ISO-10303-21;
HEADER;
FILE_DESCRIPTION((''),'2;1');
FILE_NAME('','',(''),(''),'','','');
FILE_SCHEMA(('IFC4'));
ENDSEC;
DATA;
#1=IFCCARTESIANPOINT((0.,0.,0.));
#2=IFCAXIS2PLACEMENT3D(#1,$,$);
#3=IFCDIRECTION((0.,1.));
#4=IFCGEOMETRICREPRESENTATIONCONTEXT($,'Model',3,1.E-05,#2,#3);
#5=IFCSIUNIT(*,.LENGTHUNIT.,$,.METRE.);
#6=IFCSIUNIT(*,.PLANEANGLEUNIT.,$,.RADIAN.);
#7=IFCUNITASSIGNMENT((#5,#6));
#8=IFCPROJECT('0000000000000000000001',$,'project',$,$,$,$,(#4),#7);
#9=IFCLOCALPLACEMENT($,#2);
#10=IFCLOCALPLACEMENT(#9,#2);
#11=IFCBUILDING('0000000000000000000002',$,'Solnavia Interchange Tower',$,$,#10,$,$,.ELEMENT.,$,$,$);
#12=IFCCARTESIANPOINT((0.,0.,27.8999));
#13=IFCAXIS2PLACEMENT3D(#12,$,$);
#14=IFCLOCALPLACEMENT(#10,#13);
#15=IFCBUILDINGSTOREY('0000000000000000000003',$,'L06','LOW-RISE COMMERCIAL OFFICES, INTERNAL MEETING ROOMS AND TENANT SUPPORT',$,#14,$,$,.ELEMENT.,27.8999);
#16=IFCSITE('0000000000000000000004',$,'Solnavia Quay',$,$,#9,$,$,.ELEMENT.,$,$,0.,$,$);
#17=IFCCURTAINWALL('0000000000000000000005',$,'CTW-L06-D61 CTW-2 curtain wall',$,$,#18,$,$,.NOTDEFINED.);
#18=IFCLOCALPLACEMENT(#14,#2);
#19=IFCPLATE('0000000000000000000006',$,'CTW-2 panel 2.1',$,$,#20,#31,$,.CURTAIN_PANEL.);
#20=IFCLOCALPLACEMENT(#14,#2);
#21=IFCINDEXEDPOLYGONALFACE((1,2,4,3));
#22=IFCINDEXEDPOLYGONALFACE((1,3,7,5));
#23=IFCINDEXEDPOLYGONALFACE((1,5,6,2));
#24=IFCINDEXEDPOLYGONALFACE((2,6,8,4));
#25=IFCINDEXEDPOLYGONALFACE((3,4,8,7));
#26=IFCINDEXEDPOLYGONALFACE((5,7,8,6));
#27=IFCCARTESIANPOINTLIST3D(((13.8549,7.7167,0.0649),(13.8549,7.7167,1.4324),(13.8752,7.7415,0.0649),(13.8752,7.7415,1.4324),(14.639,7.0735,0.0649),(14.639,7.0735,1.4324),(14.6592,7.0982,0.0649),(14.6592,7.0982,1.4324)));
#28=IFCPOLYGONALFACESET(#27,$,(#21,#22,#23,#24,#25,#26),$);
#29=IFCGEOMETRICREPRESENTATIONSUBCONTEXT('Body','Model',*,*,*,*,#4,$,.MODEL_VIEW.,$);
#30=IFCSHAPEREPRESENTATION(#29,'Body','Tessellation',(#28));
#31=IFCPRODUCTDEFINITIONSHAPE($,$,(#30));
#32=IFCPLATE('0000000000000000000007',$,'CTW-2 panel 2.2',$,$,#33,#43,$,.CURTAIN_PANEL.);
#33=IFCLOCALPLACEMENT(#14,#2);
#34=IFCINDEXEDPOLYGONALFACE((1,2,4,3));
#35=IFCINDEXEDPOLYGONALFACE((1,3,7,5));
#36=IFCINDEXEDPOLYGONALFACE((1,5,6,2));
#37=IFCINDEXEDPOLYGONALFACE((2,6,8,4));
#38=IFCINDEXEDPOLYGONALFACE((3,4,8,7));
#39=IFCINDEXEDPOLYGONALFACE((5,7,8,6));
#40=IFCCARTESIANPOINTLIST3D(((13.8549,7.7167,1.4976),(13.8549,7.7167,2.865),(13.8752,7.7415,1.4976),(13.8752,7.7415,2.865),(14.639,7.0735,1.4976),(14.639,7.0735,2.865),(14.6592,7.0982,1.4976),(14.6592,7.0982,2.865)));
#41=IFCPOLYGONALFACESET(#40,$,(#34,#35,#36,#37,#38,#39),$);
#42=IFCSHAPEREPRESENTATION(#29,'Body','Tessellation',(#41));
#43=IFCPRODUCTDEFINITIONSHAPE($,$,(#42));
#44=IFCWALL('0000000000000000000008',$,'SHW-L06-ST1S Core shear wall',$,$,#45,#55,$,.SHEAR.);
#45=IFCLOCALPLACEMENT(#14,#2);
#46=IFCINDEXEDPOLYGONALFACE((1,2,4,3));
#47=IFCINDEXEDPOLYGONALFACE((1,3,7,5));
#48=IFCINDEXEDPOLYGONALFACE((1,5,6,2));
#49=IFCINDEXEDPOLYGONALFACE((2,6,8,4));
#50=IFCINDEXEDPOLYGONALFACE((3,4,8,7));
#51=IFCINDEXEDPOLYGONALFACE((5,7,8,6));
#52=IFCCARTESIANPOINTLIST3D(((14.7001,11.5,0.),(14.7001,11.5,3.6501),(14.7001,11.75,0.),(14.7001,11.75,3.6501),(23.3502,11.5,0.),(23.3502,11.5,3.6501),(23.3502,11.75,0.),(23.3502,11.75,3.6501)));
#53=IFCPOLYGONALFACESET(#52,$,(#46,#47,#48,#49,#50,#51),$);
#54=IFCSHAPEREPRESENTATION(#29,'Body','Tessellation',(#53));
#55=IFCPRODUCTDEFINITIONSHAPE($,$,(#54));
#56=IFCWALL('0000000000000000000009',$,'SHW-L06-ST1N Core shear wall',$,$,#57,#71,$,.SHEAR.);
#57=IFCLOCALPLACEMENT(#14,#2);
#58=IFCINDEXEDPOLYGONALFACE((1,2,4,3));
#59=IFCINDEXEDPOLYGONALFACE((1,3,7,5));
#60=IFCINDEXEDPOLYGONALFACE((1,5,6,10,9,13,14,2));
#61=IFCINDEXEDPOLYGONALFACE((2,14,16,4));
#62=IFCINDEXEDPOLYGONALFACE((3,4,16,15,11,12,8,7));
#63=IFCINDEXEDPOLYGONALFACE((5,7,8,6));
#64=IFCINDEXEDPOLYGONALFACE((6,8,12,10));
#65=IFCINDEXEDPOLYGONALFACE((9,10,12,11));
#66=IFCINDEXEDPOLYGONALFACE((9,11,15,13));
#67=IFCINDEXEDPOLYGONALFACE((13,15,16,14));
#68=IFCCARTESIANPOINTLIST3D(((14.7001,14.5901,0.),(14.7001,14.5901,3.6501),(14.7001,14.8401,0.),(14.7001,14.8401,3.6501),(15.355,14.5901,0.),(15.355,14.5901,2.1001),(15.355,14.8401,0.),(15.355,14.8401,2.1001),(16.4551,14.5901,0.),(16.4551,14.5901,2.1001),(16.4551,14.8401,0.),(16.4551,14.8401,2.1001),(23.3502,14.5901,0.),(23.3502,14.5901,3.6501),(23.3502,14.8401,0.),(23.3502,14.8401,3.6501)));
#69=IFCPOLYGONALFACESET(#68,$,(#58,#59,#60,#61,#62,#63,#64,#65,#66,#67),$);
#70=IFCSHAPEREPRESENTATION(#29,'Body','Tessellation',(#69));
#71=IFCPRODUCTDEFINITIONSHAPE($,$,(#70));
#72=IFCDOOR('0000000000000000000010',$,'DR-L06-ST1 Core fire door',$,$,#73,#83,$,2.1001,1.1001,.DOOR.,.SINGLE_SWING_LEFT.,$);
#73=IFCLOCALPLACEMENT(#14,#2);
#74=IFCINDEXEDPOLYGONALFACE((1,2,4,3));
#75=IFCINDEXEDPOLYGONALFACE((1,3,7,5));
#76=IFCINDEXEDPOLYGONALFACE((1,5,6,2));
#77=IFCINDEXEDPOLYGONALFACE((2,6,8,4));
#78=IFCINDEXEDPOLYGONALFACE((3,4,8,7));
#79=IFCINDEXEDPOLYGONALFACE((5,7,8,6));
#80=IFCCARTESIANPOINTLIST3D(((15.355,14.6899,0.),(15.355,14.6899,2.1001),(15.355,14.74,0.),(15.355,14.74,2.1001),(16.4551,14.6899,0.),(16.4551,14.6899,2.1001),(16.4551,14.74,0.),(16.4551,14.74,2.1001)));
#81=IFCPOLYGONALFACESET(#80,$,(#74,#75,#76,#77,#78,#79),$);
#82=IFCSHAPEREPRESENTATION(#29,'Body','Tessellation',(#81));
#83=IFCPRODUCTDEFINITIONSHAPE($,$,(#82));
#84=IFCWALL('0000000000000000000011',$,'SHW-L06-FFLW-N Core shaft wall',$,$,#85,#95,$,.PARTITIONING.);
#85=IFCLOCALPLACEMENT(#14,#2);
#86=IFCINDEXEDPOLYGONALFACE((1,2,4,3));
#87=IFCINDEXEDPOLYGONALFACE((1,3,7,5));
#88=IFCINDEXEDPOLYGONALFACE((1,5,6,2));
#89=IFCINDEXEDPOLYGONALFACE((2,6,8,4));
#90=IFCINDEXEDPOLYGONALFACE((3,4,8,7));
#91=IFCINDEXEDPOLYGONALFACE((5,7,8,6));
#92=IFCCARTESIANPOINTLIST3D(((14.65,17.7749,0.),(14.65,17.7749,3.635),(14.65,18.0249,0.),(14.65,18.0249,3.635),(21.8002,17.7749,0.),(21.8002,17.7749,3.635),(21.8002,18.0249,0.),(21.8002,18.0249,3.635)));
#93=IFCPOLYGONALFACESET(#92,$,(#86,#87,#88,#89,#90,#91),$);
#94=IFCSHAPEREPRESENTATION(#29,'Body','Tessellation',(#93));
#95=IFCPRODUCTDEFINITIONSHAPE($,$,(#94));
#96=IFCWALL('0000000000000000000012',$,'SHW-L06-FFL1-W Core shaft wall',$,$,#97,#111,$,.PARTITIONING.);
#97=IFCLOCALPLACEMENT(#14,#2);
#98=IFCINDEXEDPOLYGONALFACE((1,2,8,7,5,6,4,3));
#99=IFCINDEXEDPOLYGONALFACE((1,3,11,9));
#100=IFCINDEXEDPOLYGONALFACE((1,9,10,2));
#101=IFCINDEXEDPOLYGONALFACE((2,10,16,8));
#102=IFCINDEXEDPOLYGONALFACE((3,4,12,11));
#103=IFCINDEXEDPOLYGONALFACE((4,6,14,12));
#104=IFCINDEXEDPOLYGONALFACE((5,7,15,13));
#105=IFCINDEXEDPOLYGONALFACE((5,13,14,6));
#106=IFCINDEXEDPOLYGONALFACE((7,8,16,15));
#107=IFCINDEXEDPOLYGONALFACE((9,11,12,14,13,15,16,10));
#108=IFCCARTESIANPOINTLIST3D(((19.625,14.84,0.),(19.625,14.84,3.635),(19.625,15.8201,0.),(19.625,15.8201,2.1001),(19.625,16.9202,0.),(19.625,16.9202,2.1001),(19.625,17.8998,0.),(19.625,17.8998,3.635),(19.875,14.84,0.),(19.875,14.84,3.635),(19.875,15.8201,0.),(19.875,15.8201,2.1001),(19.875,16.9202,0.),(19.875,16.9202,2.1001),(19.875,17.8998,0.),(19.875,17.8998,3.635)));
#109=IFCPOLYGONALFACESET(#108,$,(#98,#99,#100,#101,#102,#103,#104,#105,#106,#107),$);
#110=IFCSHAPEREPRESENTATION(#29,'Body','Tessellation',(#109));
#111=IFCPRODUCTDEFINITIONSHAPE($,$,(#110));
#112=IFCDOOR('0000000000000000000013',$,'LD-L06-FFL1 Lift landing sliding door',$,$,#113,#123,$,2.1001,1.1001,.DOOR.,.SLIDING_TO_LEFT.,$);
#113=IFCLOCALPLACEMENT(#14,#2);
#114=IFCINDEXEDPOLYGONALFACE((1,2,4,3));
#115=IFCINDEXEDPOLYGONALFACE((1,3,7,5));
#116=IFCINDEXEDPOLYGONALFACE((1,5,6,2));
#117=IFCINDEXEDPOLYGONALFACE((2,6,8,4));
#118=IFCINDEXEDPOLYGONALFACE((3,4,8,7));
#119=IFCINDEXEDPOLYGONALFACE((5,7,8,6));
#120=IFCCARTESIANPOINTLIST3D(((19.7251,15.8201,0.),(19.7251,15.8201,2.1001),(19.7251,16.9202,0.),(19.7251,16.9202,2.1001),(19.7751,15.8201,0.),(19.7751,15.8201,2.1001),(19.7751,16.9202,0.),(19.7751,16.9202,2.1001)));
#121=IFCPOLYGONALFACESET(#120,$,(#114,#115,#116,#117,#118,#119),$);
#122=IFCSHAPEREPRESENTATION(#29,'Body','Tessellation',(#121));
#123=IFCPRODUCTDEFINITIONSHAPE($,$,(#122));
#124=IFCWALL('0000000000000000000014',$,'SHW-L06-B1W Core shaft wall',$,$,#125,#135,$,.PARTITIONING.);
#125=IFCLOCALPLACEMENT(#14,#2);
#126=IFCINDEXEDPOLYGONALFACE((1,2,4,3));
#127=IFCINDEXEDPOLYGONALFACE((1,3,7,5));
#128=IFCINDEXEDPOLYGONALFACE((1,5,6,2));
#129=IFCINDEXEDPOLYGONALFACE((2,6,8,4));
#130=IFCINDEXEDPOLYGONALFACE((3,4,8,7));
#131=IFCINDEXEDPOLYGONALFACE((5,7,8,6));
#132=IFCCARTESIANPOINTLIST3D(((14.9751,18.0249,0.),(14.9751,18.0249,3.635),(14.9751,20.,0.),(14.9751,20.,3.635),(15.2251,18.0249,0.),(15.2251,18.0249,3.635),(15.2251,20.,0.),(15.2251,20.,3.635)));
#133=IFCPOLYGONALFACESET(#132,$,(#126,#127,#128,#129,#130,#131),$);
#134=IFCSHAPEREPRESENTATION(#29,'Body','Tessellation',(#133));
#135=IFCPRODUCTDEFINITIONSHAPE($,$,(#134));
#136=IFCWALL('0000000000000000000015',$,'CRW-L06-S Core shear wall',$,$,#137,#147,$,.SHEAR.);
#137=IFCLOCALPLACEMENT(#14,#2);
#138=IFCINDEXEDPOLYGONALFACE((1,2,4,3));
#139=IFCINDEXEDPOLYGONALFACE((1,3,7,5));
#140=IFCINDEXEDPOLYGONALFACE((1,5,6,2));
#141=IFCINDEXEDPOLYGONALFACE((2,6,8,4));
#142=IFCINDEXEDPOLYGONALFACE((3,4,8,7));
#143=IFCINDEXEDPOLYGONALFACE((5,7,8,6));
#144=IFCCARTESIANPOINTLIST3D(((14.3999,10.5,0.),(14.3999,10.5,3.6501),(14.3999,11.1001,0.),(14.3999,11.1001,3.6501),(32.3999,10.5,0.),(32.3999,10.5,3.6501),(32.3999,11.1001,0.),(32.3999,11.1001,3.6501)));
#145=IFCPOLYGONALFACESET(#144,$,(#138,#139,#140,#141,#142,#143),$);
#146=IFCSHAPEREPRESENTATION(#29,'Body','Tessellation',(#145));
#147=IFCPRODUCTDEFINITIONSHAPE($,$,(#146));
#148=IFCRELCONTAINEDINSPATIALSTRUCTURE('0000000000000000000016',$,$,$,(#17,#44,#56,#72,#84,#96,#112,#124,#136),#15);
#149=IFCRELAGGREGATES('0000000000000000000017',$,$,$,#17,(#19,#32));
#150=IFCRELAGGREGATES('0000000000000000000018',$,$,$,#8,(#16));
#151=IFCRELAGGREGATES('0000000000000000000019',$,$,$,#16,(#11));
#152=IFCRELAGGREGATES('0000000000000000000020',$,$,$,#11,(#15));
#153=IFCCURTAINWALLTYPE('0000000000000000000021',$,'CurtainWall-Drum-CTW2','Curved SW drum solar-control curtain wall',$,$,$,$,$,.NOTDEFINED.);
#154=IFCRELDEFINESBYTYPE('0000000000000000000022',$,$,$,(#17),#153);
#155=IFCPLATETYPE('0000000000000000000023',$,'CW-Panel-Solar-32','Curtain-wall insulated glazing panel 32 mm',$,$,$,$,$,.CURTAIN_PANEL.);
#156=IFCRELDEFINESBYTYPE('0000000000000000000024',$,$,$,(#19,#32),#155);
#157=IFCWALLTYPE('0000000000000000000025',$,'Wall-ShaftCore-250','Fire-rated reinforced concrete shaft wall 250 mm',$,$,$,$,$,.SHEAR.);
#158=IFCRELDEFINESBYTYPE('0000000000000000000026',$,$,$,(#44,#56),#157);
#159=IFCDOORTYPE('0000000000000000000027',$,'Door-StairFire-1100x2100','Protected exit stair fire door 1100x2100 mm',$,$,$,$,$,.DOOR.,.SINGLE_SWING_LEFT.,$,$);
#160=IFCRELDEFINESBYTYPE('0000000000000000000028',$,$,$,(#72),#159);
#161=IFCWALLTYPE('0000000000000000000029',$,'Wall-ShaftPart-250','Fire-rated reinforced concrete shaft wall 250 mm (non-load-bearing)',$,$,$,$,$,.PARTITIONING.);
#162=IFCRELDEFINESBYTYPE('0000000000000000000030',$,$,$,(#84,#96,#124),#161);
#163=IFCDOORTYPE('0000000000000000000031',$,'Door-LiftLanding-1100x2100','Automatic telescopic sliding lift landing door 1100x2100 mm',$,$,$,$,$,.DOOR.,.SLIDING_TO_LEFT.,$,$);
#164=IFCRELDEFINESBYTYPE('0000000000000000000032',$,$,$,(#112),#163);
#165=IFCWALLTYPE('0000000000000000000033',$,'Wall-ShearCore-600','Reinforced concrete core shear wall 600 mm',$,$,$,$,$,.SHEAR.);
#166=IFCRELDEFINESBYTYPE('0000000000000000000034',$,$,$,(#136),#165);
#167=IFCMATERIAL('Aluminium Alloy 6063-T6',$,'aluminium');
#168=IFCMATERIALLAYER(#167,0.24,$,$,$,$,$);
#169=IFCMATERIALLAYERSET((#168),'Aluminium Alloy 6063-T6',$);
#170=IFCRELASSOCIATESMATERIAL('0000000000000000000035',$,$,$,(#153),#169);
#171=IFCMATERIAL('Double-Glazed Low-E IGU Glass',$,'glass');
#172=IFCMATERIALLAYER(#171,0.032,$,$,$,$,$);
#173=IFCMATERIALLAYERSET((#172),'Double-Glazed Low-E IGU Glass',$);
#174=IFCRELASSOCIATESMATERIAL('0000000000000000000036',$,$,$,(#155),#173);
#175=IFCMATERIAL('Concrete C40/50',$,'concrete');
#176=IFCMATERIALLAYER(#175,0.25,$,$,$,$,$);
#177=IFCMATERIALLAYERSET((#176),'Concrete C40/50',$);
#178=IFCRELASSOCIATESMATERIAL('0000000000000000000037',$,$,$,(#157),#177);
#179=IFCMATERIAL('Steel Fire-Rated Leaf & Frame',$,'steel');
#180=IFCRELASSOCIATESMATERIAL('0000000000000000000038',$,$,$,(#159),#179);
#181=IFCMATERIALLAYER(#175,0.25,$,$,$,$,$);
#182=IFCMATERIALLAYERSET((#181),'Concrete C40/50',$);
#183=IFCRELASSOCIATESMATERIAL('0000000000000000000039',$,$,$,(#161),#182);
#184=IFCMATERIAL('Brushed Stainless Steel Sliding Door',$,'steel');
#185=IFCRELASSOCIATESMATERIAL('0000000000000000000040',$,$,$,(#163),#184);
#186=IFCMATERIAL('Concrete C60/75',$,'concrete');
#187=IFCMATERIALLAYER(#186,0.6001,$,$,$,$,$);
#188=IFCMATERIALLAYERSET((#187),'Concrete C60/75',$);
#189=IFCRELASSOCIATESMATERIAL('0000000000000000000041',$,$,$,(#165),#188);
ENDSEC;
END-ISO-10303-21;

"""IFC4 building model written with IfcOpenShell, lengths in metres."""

from ifc_helpers import new_model, si_unit, direction, frame, frame_2d, origin, origin_2d, place, context, subcontext, project, spatial, rectangle, extrude, material, layer, layer_set, type_object, element, fill, aggregate, save


model = new_model("IFC4")

# Units and contexts
model_context = context("Model", 3, precision=1e-05, world=origin(), true_north=direction((0.0, 1.0)))
body_context = subcontext(model_context, "Body", "Model", "MODEL_VIEW")
ifc_project = project(units=[si_unit("LENGTHUNIT", "METRE"), si_unit("PLANEANGLEUNIT", "RADIAN")], contexts=[model_context])

# Site, building, storey
site_placement = place(None, origin())
site = spatial("IfcSite", under=ifc_project, at=site_placement, Name="Solnavia Quay", CompositionType="ELEMENT", RefElevation=0.0)
building_placement = place(site_placement, origin())
building = spatial("IfcBuilding", under=site, at=building_placement, Name="Solnavia Interchange Tower", CompositionType="ELEMENT")
storey_placement = place(building_placement, frame((0.0, 0.0, 27.8999)))
storey = spatial("IfcBuildingStorey", under=building, at=storey_placement, Name="L06", Description="LOW-RISE COMMERCIAL OFFICES, INTERNAL MEETING ROOMS AND TENANT SUPPORT", CompositionType="ELEMENT", Elevation=27.8999)

# Curtain wall, plates
ifc_material_1 = material(Name="Aluminium Alloy 6063-T6", Category="aluminium")
ifc_layer_1 = layer(ifc_material_1, 0.24)
ifc_layer_set_1 = layer_set([ifc_layer_1], Name="Aluminium Alloy 6063-T6")
curtain_wall_type = type_object("IfcCurtainWallType", Name="CurtainWall-Drum-CTW2", Description="Curved SW drum solar-control curtain wall", PredefinedType="NOTDEFINED", material=ifc_layer_set_1)
curtain_wall_placement = place(storey_placement, origin())
curtain_wall = element("IfcCurtainWall", 1, at=curtain_wall_placement, inside=storey, type_object=curtain_wall_type, Name="CTW-L06-D61 CTW-2 curtain wall", PredefinedType="NOTDEFINED")
ifc_material_2 = material(Name="Double-Glazed Low-E IGU Glass", Category="glass")
ifc_layer_2 = layer(ifc_material_2, 0.032)
ifc_layer_set_2 = layer_set([ifc_layer_2], Name="Double-Glazed Low-E IGU Glass")
plate_type = type_object("IfcPlateType", Name="CW-Panel-Solar-32", Description="Curtain-wall insulated glazing panel 32 mm", PredefinedType="CURTAIN_PANEL", material=ifc_layer_set_2)
plate_1_placement = place(storey_placement, frame((14.2571, 7.4075, 0.0649), z_axis=(0.0, 0.0, 1.0), x_axis=(0.773095, -0.634291, 0.0)))
plate_1 = element("IfcPlate", 2, at=plate_1_placement, type_object=plate_type, Name="CTW-2 panel 2.1", PredefinedType="CURTAIN_PANEL", context=body_context, shape_type="SweptSolid", body=[
    extrude(rectangle(XDim=1.0142, YDim=0.032, at=origin_2d()), origin(), (0.0, 0.0, 1.0), 1.3674),
])
plate_2_placement = place(storey_placement, frame((14.2571, 7.4075, 1.4976), z_axis=(0.0, 0.0, 1.0), x_axis=(0.773095, -0.634291, 0.0)))
plate_2 = element("IfcPlate", 3, at=plate_2_placement, type_object=plate_type, Name="CTW-2 panel 2.2", PredefinedType="CURTAIN_PANEL", context=body_context, shape_type="SweptSolid", body=[
    extrude(rectangle(XDim=1.0142, YDim=0.032, at=origin_2d()), origin(), (0.0, 0.0, 1.0), 1.3674),
])
aggregate(curtain_wall, [plate_1, plate_2])

# Wall
ifc_material_3 = material(Name="Concrete C40/50", Category="concrete")
ifc_layer_3 = layer(ifc_material_3, 0.25)
ifc_layer_set_3 = layer_set([ifc_layer_3], Name="Concrete C40/50")
wall_type_1 = type_object("IfcWallType", Name="Wall-ShaftCore-250", Description="Fire-rated reinforced concrete shaft wall 250 mm", PredefinedType="SHEAR", material=ifc_layer_set_3)
wall_1_placement = place(storey_placement, frame((14.7, 11.625, 0.0), z_axis=(0.0, 0.0, 1.0), x_axis=(1.0, 0.0, 0.0)))
element("IfcWall", 4, at=wall_1_placement, inside=storey, type_object=wall_type_1, Name="SHW-L06-ST1S Core shear wall", PredefinedType="SHEAR", context=body_context, shape_type="SweptSolid", body=[
    extrude(rectangle(XDim=8.6501, YDim=0.25, at=frame_2d((4.3252, 0.0))), origin(), (0.0, 0.0, 1.0), 3.6501),
])

# Wall, opening, door
wall_2_placement = place(storey_placement, frame((14.7, 14.7151, 0.0), z_axis=(0.0, 0.0, 1.0), x_axis=(1.0, 0.0, 0.0)))
wall_2 = element("IfcWall", 5, at=wall_2_placement, inside=storey, type_object=wall_type_1, Name="SHW-L06-ST1N Core shear wall", PredefinedType="SHEAR", context=body_context, shape_type="SweptSolid", body=[
    extrude(rectangle(XDim=8.6501, YDim=0.25, at=frame_2d((4.3252, 0.0))), origin(), (0.0, 0.0, 1.0), 3.6501),
])
opening_1_placement = place(wall_2_placement, frame((0.655, 0.0, 0.0)))
opening_1 = element("IfcOpeningElement", 6, at=opening_1_placement, cuts=wall_2, PredefinedType="OPENING", context=body_context, shape_type="SweptSolid", body=[
    extrude(rectangle(XDim=1.1001, YDim=2.1001, at=frame_2d((0.55, 1.05))), frame((0.0, 0.135, 0.0), z_axis=(0.0, -1.0, 0.0), x_axis=(1.0, 0.0, 0.0)), (0.0, 0.0, 1.0), 0.27),
])
ifc_material_4 = material(Name="Steel Fire-Rated Leaf & Frame", Category="steel")
door_type_1 = type_object("IfcDoorType", Name="Door-StairFire-1100x2100", Description="Protected exit stair fire door 1100x2100 mm", OperationType="SINGLE_SWING_LEFT", PredefinedType="DOOR", material=ifc_material_4)
door_1_placement = place(opening_1_placement, origin())
door_1 = element("IfcDoor", 7, at=door_1_placement, inside=storey, type_object=door_type_1, Name="DR-L06-ST1 Core fire door", OperationType="SINGLE_SWING_LEFT", OverallHeight=2.1001, OverallWidth=1.1001, PredefinedType="DOOR", context=body_context, shape_type="SweptSolid", body=[
    extrude(rectangle(XDim=1.1001, YDim=2.1001, at=frame_2d((0.55, 1.05))), frame((0.0, 0.0249, 0.0), z_axis=(0.0, -1.0, 0.0), x_axis=(1.0, 0.0, 0.0)), (0.0, 0.0, 1.0), 0.05),
])
fill(opening_1, door_1)

# Wall
ifc_layer_4 = layer(ifc_material_3, 0.25)
ifc_layer_set_4 = layer_set([ifc_layer_4], Name="Concrete C40/50")
wall_type_2 = type_object("IfcWallType", Name="Wall-ShaftPart-250", Description="Fire-rated reinforced concrete shaft wall 250 mm (non-load-bearing)", PredefinedType="PARTITIONING", material=ifc_layer_set_4)
wall_3_placement = place(storey_placement, frame((14.6499, 17.8999, 0.0), z_axis=(0.0, 0.0, 1.0), x_axis=(1.0, 0.0, 0.0)))
element("IfcWall", 8, at=wall_3_placement, inside=storey, type_object=wall_type_2, Name="SHW-L06-FFLW-N Core shaft wall", PredefinedType="PARTITIONING", context=body_context, shape_type="SweptSolid", body=[
    extrude(rectangle(XDim=7.1501, YDim=0.25, at=frame_2d((3.5752, 0.0))), origin(), (0.0, 0.0, 1.0), 3.635),
])

# Wall, opening, door
wall_4_placement = place(storey_placement, frame((19.75, 14.8401, 0.0), z_axis=(0.0, 0.0, 1.0), x_axis=(0.0, 1.0, 0.0)))
wall_4 = element("IfcWall", 9, at=wall_4_placement, inside=storey, type_object=wall_type_2, Name="SHW-L06-FFL1-W Core shaft wall", PredefinedType="PARTITIONING", context=body_context, shape_type="SweptSolid", body=[
    extrude(rectangle(XDim=3.0598, YDim=0.25, at=frame_2d((1.5298, 0.0))), origin(), (0.0, 0.0, 1.0), 3.635),
])
opening_2_placement = place(wall_4_placement, frame((0.98, 0.0, 0.0)))
opening_2 = element("IfcOpeningElement", 10, at=opening_2_placement, cuts=wall_4, PredefinedType="OPENING", context=body_context, shape_type="SweptSolid", body=[
    extrude(rectangle(XDim=1.1001, YDim=2.1001, at=frame_2d((0.55, 1.05))), frame((0.0, 0.135, 0.0), z_axis=(0.0, -1.0, 0.0), x_axis=(1.0, 0.0, 0.0)), (0.0, 0.0, 1.0), 0.27),
])
ifc_material_5 = material(Name="Brushed Stainless Steel Sliding Door", Category="steel")
door_type_2 = type_object("IfcDoorType", Name="Door-LiftLanding-1100x2100", Description="Automatic telescopic sliding lift landing door 1100x2100 mm", OperationType="SLIDING_TO_LEFT", PredefinedType="DOOR", material=ifc_material_5)
door_2_placement = place(opening_2_placement, origin())
door_2 = element("IfcDoor", 11, at=door_2_placement, inside=storey, type_object=door_type_2, Name="LD-L06-FFL1 Lift landing sliding door", OperationType="SLIDING_TO_LEFT", OverallHeight=2.1001, OverallWidth=1.1001, PredefinedType="DOOR", context=body_context, shape_type="SweptSolid", body=[
    extrude(rectangle(XDim=1.1001, YDim=2.1001, at=frame_2d((0.55, 1.05))), frame((0.0, 0.0249, 0.0), z_axis=(0.0, -1.0, 0.0), x_axis=(1.0, 0.0, 0.0)), (0.0, 0.0, 1.0), 0.05),
])
fill(opening_2, door_2)

# Walls
wall_5_placement = place(storey_placement, frame((15.1001, 18.0249, 0.0), z_axis=(0.0, 0.0, 1.0), x_axis=(0.0, 1.0, 0.0)))
element("IfcWall", 12, at=wall_5_placement, inside=storey, type_object=wall_type_2, Name="SHW-L06-B1W Core shaft wall", PredefinedType="PARTITIONING", context=body_context, shape_type="SweptSolid", body=[
    extrude(rectangle(XDim=1.9751, YDim=0.25, at=frame_2d((0.9875, 0.0))), origin(), (0.0, 0.0, 1.0), 3.635),
])
ifc_material_6 = material(Name="Concrete C60/75", Category="concrete")
ifc_layer_5 = layer(ifc_material_6, 0.6001)
ifc_layer_set_5 = layer_set([ifc_layer_5], Name="Concrete C60/75")
wall_type_3 = type_object("IfcWallType", Name="Wall-ShearCore-600", Description="Reinforced concrete core shear wall 600 mm", PredefinedType="SHEAR", material=ifc_layer_set_5)
wall_6_placement = place(storey_placement, frame((14.3999, 10.8, 0.0), z_axis=(0.0, 0.0, 1.0), x_axis=(1.0, 0.0, 0.0)))
element("IfcWall", 13, at=wall_6_placement, inside=storey, type_object=wall_type_3, Name="CRW-L06-S Core shear wall", PredefinedType="SHEAR", context=body_context, shape_type="SweptSolid", body=[
    extrude(rectangle(XDim=18.0, YDim=0.6001, at=frame_2d((9.0, 0.0))), origin(), (0.0, 0.0, 1.0), 3.6501),
])

save(model, "model.ifc")
